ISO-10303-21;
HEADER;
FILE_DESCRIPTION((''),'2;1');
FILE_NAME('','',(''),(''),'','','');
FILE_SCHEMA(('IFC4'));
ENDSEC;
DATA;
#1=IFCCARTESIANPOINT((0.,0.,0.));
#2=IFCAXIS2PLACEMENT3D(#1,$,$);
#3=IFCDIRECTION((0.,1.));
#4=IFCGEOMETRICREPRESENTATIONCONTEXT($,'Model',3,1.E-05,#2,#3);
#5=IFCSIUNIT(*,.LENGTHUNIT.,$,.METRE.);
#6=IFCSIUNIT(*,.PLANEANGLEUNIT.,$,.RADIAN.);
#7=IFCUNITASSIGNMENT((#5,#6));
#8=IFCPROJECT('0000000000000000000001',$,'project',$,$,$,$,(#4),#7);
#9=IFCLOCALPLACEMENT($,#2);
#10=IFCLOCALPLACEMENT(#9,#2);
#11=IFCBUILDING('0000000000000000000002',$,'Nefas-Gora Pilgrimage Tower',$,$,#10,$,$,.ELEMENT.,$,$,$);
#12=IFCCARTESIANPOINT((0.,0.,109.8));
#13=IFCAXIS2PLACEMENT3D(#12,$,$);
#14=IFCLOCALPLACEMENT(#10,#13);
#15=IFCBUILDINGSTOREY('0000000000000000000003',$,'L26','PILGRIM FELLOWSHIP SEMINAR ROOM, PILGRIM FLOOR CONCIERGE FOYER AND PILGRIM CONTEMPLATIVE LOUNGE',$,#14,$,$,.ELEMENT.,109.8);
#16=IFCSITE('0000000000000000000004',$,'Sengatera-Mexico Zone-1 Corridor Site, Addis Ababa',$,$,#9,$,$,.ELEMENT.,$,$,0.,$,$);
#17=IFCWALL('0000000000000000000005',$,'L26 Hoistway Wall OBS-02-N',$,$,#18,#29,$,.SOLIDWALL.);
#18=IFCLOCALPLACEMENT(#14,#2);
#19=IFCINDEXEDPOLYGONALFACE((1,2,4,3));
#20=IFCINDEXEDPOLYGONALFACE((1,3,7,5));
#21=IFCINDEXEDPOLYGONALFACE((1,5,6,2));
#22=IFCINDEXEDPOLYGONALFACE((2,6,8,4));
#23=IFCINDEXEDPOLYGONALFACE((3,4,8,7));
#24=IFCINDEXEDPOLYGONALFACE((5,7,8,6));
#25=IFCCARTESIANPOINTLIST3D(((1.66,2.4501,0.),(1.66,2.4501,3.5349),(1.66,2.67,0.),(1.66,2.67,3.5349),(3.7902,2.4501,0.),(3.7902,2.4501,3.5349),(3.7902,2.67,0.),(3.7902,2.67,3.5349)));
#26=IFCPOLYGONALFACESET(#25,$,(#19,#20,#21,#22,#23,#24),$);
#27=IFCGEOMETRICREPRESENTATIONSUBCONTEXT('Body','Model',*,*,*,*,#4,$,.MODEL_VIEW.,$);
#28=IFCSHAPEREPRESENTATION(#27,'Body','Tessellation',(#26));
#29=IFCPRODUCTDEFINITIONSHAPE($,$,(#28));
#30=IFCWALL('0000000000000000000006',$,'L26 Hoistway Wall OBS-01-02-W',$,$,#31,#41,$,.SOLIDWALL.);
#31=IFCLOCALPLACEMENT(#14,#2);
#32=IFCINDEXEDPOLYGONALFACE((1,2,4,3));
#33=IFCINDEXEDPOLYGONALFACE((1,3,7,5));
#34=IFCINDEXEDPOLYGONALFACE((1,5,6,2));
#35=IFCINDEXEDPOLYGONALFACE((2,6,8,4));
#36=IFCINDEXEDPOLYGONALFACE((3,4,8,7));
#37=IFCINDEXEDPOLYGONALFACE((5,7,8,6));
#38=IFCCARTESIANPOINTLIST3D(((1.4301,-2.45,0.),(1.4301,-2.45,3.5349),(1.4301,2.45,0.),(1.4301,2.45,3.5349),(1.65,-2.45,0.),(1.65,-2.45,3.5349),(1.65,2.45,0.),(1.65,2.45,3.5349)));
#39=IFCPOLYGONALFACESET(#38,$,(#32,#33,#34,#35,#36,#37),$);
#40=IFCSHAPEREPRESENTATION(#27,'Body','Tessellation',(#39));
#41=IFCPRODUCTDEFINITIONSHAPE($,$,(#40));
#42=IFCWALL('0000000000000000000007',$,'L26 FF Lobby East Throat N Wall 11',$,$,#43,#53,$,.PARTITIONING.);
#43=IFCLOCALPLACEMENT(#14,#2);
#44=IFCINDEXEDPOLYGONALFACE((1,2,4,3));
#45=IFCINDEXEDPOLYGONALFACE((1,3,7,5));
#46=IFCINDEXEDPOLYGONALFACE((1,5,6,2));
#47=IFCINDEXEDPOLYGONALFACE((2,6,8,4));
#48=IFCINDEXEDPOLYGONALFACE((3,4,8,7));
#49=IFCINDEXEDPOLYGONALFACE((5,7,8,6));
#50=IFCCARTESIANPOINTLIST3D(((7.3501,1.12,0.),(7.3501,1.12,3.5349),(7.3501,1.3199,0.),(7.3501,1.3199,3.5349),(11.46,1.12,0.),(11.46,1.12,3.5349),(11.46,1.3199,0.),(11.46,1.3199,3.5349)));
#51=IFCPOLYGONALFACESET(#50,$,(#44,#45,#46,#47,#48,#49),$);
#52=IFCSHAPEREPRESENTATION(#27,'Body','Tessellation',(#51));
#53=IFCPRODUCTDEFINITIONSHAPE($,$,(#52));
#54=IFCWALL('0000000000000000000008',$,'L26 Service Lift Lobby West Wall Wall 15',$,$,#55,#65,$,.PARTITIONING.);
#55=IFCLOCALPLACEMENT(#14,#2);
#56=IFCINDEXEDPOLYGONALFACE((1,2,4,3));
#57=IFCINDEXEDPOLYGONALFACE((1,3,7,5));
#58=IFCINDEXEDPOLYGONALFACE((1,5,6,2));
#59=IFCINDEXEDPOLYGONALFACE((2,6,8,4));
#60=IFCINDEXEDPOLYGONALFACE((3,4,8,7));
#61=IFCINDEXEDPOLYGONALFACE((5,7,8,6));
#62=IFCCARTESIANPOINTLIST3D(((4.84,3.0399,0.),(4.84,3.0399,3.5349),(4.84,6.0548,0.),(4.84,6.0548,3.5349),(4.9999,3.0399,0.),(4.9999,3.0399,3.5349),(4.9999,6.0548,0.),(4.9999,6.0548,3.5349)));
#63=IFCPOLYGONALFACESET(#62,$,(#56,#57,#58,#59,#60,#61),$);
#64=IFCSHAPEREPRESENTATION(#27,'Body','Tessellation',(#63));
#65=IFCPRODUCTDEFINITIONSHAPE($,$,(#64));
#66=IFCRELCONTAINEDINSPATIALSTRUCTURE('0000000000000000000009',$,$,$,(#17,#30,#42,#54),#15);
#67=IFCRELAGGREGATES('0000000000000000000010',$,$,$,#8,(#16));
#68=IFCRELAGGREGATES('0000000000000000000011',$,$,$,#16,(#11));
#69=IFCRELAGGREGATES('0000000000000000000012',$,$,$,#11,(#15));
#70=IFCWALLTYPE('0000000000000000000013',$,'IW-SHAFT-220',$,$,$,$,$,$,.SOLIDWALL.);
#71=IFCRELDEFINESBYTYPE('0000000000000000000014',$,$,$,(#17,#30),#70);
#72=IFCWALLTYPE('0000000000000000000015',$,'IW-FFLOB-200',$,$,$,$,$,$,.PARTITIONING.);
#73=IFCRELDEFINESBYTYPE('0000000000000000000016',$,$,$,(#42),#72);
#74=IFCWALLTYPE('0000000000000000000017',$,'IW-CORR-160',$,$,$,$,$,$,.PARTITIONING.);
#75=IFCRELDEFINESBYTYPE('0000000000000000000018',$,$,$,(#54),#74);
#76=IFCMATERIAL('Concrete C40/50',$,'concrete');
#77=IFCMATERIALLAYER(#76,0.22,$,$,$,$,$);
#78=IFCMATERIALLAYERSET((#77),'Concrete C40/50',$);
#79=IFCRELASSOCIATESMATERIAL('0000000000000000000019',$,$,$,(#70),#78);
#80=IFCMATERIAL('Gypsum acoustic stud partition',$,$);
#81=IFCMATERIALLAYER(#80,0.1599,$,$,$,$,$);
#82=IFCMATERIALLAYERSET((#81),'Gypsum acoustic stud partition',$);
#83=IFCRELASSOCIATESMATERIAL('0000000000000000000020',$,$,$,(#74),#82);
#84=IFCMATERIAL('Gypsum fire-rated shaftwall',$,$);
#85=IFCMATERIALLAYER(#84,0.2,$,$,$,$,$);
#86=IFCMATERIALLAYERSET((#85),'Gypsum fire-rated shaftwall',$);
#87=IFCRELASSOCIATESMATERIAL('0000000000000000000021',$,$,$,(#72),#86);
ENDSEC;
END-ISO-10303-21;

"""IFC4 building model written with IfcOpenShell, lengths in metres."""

from ifc_helpers import new_model, si_unit, direction, frame, frame_2d, origin, place, context, subcontext, project, spatial, rectangle, extrude, source, transform, mapped, material, layer, layer_set, type_object, element, save


model = new_model("IFC4")

# Units and contexts
model_context = context("Model", 3, precision=1e-05, world=origin(), true_north=direction((0.0, 1.0)))
body_context = subcontext(model_context, "Body", "Model", "MODEL_VIEW")
ifc_project = project(units=[si_unit("LENGTHUNIT", "METRE"), si_unit("PLANEANGLEUNIT", "RADIAN")], contexts=[model_context])

# Site, building, storey
site_placement = place(None, origin())
site = spatial("IfcSite", under=ifc_project, at=site_placement, Name="Sengatera-Mexico Zone-1 Corridor Site, Addis Ababa", CompositionType="ELEMENT", RefElevation=0.0)
building_placement = place(site_placement, origin())
building = spatial("IfcBuilding", under=site, at=building_placement, Name="Nefas-Gora Pilgrimage Tower", CompositionType="ELEMENT")
storey_placement = place(building_placement, frame((0.0, 0.0, 109.8)))
storey = spatial("IfcBuildingStorey", under=building, at=storey_placement, Name="L26", Description="PILGRIM FELLOWSHIP SEMINAR ROOM, PILGRIM FLOOR CONCIERGE FOYER AND PILGRIM CONTEMPLATIVE LOUNGE", CompositionType="ELEMENT", Elevation=109.8)

# Shared definitions
ifc_material_1 = material(Name="Concrete C40/50", Category="concrete")
ifc_layer_1 = layer(ifc_material_1, 0.22)
ifc_layer_set_1 = layer_set([ifc_layer_1], Name="Concrete C40/50")
wall_type_1 = type_object("IfcWallType", Name="IW-SHAFT-220", PredefinedType="SOLIDWALL", material=ifc_layer_set_1)

# Walls
ifc_material_2 = material(Name="Gypsum acoustic stud partition")
ifc_layer_2 = layer(ifc_material_2, 0.1599)
ifc_layer_set_2 = layer_set([ifc_layer_2], Name="Gypsum acoustic stud partition")
wall_type_2 = type_object("IfcWallType", Name="IW-CORR-160", PredefinedType="PARTITIONING", material=ifc_layer_set_2)
shared_shape_1 = source(origin(), body_context, "Body", "SweptSolid", [
    extrude(rectangle(XDim=2.1301, YDim=0.22, at=frame_2d((1.0649, 0.0))), origin(), (0.0, 0.0, 1.0), 3.5349),
])
for number, where, z_axis, x_axis, name in (
    (1, (3.79, 2.5601, 0.0), (0.0, 0.0, 1.0), (-1.0, 0.0, 0.0), "L26 Hoistway Wall OBS-02-N"),
):
    element("IfcWall", number, at=place(storey_placement, frame(where, z_axis=z_axis, x_axis=x_axis)), inside=storey, type_object=wall_type_1, Name=name, PredefinedType="SOLIDWALL", context=body_context, shape_type="MappedRepresentation", body=[
        mapped(shared_shape_1, transform((0.0, 0.0, 0.0), x_axis=(1.0, 0.0, 0.0), y_axis=(0.0, 1.0, 0.0), z_axis=(0.0, 0.0, 1.0), scale=1.0)),
    ])
shared_shape_2 = source(origin(), body_context, "Body", "SweptSolid", [
    extrude(rectangle(XDim=4.8999, YDim=0.22, at=frame_2d((2.45, 0.0))), origin(), (0.0, 0.0, 1.0), 3.5349),
])
wall_1_placement = place(storey_placement, frame((1.54, 2.45, 0.0), z_axis=(0.0, 0.0, 1.0), x_axis=(0.0, -1.0, 0.0)))
element("IfcWall", 2, at=wall_1_placement, inside=storey, type_object=wall_type_1, Name="L26 Hoistway Wall OBS-01-02-W", PredefinedType="SOLIDWALL", context=body_context, shape_type="MappedRepresentation", body=[
    mapped(shared_shape_2, transform((0.0, 0.0, 0.0), x_axis=(1.0, 0.0, 0.0), y_axis=(0.0, 1.0, 0.0), z_axis=(0.0, 0.0, 1.0), scale=1.0)),
])

# Shared definitions
ifc_material_3 = material(Name="Gypsum fire-rated shaftwall")
ifc_layer_3 = layer(ifc_material_3, 0.2)
ifc_layer_set_3 = layer_set([ifc_layer_3], Name="Gypsum fire-rated shaftwall")
wall_type_3 = type_object("IfcWallType", Name="IW-FFLOB-200", PredefinedType="PARTITIONING", material=ifc_layer_set_3)

# Walls
shared_shape_3 = source(origin(), body_context, "Body", "SweptSolid", [
    extrude(rectangle(XDim=4.1099, YDim=0.2, at=frame_2d((2.0549, 0.0))), origin(), (0.0, 0.0, 1.0), 3.5349),
])
wall_2_placement = place(storey_placement, frame((7.3501, 1.22, 0.0), z_axis=(0.0, 0.0, 1.0), x_axis=(1.0, 0.0, 0.0)))
element("IfcWall", 3, at=wall_2_placement, inside=storey, type_object=wall_type_3, Name="L26 FF Lobby East Throat N Wall 11", PredefinedType="PARTITIONING", context=body_context, shape_type="MappedRepresentation", body=[
    mapped(shared_shape_3, transform((0.0, 0.0, 0.0), x_axis=(1.0, 0.0, 0.0), y_axis=(0.0, 1.0, 0.0), z_axis=(0.0, 0.0, 1.0), scale=1.0)),
])
shared_shape_4 = source(origin(), body_context, "Body", "SweptSolid", [
    extrude(rectangle(XDim=3.0149, YDim=0.1599, at=frame_2d((1.5073, 0.0))), origin(), (0.0, 0.0, 1.0), 3.5349),
])
wall_3_placement = place(storey_placement, frame((4.9199, 3.04, 0.0), z_axis=(0.0, 0.0, 1.0), x_axis=(0.0, 1.0, 0.0)))
element("IfcWall", 4, at=wall_3_placement, inside=storey, type_object=wall_type_2, Name="L26 Service Lift Lobby West Wall Wall 15", PredefinedType="PARTITIONING", context=body_context, shape_type="MappedRepresentation", body=[
    mapped(shared_shape_4, transform((0.0, 0.0, 0.0), x_axis=(1.0, 0.0, 0.0), y_axis=(0.0, 1.0, 0.0), z_axis=(0.0, 0.0, 1.0), scale=1.0)),
])

save(model, "model.ifc")
